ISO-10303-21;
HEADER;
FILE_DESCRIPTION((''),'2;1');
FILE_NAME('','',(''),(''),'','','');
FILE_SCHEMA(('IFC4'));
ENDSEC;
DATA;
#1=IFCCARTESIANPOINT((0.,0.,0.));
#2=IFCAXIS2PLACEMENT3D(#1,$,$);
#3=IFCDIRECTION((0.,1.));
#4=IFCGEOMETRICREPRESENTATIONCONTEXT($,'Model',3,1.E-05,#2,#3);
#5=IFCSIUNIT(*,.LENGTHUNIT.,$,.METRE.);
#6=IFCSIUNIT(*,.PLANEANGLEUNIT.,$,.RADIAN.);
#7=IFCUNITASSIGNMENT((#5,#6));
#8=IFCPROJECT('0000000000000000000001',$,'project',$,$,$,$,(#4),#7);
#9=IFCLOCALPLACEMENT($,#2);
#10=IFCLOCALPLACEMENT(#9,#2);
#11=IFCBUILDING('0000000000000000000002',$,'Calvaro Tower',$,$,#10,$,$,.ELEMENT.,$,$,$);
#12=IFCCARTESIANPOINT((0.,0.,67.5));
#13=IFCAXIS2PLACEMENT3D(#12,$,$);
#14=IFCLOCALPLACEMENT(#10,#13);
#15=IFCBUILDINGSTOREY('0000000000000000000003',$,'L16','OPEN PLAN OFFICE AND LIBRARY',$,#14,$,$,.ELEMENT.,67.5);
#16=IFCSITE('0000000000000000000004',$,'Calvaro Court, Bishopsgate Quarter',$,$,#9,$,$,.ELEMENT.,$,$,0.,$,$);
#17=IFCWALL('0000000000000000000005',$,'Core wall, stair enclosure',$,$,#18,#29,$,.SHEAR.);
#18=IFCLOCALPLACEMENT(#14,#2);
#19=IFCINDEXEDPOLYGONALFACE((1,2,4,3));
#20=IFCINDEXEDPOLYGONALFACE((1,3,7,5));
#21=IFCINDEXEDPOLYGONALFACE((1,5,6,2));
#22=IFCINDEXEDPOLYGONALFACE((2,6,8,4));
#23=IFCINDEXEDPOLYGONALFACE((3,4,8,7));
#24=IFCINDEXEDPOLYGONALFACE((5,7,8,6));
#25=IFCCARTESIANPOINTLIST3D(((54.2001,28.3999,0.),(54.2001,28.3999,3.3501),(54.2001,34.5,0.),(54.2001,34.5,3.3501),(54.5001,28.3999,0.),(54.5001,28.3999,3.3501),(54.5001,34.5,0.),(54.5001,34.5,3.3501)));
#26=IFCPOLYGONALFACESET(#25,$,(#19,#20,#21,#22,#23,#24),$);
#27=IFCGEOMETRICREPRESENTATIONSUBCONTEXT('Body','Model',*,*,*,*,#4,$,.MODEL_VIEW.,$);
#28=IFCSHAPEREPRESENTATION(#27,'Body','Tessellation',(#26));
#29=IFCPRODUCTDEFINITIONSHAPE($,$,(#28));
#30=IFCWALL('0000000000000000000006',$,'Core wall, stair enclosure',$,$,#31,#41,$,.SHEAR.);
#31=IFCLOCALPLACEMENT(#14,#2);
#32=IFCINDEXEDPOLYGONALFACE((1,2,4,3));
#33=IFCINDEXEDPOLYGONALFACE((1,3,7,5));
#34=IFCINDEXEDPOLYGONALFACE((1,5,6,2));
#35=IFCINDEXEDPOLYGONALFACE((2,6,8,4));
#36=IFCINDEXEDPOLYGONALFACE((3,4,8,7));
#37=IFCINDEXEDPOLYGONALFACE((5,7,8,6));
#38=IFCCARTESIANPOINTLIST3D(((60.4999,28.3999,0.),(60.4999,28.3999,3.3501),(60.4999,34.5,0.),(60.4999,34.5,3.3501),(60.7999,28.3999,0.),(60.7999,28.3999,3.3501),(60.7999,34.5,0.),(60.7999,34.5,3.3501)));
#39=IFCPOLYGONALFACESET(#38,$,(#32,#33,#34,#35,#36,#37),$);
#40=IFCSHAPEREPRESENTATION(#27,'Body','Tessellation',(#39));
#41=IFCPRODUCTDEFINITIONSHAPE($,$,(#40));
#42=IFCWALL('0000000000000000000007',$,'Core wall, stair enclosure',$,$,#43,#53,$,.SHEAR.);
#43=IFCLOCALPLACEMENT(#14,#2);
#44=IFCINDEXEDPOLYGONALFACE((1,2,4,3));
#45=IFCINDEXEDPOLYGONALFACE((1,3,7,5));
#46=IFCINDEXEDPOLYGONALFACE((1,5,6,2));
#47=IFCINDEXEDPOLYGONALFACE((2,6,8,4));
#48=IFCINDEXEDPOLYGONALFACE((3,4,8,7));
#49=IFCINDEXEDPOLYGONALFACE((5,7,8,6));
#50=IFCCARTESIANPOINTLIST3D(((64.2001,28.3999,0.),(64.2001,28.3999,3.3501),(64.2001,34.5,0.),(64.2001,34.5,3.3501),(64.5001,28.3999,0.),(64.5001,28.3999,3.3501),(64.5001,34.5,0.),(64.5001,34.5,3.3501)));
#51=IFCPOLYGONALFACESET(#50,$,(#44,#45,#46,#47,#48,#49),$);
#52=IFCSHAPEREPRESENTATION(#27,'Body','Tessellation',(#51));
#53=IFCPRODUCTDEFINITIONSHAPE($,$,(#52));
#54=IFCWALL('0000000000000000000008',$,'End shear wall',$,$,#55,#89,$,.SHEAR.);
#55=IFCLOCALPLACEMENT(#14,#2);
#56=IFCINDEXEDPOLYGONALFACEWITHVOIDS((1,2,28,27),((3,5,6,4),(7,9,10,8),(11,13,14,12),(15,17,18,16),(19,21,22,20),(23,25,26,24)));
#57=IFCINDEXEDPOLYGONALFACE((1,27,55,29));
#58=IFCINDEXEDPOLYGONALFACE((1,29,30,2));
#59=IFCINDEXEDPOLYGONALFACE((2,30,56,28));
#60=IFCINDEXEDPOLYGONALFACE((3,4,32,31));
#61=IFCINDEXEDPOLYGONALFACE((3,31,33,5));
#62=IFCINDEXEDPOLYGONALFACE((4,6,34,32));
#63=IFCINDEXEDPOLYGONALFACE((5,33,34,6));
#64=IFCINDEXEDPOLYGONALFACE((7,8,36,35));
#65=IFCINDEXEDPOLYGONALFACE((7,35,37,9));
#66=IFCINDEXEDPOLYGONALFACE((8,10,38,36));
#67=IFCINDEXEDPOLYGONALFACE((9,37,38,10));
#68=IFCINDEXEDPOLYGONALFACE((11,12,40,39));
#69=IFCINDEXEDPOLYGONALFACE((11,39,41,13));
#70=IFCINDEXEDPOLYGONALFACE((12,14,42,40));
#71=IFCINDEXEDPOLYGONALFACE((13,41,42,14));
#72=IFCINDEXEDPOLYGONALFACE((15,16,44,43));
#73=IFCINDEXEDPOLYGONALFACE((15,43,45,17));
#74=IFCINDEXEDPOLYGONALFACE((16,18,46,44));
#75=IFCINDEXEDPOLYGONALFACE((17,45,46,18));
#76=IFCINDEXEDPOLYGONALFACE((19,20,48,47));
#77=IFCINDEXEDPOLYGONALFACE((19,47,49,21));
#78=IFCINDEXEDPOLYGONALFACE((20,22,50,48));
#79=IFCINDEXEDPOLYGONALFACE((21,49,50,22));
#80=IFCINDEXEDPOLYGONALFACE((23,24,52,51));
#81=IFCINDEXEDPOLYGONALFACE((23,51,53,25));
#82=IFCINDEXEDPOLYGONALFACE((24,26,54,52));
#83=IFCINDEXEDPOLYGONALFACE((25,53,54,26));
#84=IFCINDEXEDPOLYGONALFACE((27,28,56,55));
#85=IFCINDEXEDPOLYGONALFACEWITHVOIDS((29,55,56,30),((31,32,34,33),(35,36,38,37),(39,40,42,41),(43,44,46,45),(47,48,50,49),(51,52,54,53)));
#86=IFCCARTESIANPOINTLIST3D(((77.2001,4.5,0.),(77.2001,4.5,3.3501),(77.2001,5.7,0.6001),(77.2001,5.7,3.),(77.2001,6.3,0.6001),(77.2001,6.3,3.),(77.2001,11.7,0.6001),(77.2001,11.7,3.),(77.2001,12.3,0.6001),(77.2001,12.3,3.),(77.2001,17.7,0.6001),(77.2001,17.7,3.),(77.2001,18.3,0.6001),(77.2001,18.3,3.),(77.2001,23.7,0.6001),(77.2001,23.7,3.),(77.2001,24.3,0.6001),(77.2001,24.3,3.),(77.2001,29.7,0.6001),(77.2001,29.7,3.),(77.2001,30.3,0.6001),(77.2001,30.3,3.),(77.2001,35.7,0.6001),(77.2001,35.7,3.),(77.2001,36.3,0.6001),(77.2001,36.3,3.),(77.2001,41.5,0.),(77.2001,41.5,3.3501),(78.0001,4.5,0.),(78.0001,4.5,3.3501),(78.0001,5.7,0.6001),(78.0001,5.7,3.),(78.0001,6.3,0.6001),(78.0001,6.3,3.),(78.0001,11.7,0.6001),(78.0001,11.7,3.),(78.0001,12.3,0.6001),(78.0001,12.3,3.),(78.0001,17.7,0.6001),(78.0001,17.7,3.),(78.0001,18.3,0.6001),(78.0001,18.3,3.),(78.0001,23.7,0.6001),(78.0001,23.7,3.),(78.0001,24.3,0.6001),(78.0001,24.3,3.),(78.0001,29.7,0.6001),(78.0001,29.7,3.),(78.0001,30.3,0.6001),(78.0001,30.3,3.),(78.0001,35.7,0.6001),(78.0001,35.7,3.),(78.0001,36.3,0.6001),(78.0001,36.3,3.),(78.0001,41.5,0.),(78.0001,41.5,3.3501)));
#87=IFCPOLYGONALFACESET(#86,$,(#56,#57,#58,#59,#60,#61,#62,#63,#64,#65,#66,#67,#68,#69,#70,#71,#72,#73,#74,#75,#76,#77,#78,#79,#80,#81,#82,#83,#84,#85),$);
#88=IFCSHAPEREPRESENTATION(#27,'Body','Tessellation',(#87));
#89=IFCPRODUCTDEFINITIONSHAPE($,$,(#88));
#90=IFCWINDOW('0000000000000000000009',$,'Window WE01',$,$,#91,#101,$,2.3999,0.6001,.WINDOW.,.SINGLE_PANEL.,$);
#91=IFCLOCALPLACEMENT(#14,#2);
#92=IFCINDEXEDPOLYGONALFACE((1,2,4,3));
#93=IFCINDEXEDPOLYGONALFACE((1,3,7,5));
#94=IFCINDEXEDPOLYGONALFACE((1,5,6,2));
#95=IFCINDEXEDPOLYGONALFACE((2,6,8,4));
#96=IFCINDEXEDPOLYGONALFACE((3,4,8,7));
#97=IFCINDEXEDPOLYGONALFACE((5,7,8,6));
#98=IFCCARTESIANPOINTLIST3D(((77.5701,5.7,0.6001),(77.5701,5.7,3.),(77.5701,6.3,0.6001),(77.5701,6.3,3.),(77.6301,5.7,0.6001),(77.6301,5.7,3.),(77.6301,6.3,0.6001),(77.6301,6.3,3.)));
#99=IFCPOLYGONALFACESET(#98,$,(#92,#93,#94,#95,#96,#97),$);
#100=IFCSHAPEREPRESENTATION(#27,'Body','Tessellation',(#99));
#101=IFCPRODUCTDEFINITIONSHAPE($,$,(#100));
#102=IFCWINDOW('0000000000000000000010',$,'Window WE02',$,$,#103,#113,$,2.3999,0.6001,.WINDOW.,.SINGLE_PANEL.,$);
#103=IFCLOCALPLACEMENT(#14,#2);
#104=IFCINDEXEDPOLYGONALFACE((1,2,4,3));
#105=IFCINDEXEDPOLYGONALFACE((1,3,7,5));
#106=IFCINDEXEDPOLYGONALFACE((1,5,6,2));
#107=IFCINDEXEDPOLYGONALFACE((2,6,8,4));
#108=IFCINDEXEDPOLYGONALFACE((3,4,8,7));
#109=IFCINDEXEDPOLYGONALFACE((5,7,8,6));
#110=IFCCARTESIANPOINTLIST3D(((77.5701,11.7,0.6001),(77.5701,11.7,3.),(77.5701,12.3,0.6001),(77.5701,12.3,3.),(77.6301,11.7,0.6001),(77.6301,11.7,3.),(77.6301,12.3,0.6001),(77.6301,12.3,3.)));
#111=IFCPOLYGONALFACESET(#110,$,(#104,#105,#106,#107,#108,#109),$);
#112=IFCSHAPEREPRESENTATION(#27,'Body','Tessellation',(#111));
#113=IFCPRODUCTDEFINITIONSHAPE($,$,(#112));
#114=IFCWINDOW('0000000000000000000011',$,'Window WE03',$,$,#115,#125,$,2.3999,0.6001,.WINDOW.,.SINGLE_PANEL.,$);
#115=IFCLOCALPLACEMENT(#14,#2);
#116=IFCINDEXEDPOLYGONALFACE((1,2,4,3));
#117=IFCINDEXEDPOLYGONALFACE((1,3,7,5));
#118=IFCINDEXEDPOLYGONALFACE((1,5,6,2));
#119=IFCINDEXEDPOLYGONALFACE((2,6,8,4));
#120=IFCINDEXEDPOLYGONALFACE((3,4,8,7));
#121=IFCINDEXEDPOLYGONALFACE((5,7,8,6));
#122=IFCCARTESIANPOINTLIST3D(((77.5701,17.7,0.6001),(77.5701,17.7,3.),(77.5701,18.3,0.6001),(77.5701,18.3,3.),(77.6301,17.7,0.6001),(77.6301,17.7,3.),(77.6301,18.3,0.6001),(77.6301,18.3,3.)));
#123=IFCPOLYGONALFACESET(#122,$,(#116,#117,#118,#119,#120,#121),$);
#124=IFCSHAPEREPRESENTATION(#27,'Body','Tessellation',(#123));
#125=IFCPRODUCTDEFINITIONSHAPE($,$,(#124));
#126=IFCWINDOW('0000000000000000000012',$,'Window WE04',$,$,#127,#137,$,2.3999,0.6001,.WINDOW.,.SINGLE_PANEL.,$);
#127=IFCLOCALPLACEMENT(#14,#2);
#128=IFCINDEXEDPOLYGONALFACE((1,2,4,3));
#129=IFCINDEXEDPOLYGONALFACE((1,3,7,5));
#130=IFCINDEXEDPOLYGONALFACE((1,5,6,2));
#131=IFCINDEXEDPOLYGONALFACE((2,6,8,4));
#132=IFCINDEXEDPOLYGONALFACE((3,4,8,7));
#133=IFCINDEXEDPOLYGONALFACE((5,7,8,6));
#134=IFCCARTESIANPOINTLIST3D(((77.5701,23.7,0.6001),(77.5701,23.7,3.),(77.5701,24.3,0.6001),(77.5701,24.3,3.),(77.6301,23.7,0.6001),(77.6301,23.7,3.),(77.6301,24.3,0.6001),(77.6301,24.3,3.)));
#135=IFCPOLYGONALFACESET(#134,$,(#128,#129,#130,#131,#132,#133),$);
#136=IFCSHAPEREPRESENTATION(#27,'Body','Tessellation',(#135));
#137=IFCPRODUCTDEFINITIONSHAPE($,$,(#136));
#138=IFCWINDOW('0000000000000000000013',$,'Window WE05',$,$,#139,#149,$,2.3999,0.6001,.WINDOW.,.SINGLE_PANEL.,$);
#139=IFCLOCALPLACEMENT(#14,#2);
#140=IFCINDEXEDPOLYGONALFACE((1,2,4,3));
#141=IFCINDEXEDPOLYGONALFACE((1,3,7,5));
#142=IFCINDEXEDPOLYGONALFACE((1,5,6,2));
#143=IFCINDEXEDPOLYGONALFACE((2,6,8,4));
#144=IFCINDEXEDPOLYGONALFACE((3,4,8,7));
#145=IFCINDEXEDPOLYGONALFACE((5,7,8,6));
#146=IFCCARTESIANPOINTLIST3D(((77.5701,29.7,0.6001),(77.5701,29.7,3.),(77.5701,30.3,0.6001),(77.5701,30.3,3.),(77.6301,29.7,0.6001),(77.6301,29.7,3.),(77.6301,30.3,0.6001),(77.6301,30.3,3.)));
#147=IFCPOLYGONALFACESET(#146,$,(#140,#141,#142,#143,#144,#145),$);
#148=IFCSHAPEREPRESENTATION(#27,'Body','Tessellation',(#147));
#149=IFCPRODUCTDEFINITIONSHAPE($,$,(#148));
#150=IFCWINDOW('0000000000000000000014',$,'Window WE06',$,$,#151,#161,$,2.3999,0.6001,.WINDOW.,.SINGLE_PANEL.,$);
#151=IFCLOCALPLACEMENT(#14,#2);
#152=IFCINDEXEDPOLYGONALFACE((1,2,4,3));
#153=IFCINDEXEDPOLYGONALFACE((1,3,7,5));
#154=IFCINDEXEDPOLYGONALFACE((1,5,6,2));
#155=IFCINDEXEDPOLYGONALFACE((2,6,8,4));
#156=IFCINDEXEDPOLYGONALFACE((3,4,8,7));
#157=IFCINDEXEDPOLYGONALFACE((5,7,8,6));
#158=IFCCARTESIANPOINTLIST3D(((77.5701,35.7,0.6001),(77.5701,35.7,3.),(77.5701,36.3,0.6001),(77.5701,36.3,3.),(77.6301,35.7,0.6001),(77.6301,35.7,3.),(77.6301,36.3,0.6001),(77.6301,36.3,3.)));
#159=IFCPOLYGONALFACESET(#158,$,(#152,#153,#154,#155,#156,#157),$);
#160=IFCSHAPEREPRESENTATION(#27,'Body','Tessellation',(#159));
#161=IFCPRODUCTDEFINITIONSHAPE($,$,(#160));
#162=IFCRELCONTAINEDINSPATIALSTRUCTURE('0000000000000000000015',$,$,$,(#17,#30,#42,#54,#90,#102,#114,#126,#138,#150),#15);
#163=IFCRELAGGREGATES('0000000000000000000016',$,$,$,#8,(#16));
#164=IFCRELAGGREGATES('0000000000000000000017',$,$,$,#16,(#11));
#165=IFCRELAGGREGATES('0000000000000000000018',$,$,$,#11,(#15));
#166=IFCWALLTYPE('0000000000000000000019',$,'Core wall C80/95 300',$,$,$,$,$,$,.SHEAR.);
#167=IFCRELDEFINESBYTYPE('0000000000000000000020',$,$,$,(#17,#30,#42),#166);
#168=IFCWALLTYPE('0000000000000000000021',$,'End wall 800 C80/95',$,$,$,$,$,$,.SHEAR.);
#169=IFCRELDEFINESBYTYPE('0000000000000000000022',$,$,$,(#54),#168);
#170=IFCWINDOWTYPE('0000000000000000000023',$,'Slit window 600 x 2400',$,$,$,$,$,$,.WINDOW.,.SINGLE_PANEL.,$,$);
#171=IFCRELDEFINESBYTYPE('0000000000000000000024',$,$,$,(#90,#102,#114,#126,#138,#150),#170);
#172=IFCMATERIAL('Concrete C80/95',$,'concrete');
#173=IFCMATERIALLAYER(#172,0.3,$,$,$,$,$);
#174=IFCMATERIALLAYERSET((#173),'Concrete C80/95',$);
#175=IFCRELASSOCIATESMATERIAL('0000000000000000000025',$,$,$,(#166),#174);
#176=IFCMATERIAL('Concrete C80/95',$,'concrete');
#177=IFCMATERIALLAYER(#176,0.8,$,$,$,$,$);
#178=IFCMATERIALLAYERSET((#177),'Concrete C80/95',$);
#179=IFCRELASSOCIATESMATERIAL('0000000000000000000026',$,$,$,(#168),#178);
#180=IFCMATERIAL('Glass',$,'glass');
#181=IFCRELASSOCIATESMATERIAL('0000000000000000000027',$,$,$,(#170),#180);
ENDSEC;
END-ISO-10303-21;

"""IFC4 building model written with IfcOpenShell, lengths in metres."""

from ifc_helpers import new_model, si_unit, direction, frame, frame_2d, origin, place, context, subcontext, project, spatial, rectangle, extrude, material, layer, layer_set, type_object, element, fill, save


model = new_model("IFC4")

# Units and contexts
model_context = context("Model", 3, precision=1e-05, world=origin(), true_north=direction((0.0, 1.0)))
body_context = subcontext(model_context, "Body", "Model", "MODEL_VIEW")
ifc_project = project(units=[si_unit("LENGTHUNIT", "METRE"), si_unit("PLANEANGLEUNIT", "RADIAN")], contexts=[model_context])

# Site, building, storey
site_placement = place(None, origin())
site = spatial("IfcSite", under=ifc_project, at=site_placement, Name="Calvaro Court, Bishopsgate Quarter", CompositionType="ELEMENT", RefElevation=0.0)
building_placement = place(site_placement, origin())
building = spatial("IfcBuilding", under=site, at=building_placement, Name="Calvaro Tower", CompositionType="ELEMENT")
storey_placement = place(building_placement, frame((0.0, 0.0, 67.5)))
storey = spatial("IfcBuildingStorey", under=building, at=storey_placement, Name="L16", Description="OPEN PLAN OFFICE AND LIBRARY", CompositionType="ELEMENT", Elevation=67.5)

# Walls
ifc_material_1 = material(Name="Concrete C80/95", Category="concrete")
ifc_layer_1 = layer(ifc_material_1, 0.3)
ifc_layer_set_1 = layer_set([ifc_layer_1], Name="Concrete C80/95")
wall_type_1 = type_object("IfcWallType", Name="Core wall C80/95 300", PredefinedType="SHEAR", material=ifc_layer_set_1)
for number, where, z_axis, x_axis, name in (
    (1, (54.3501, 28.3999, 0.0), (0.0, 0.0, 1.0), (0.0, 1.0, 0.0), "Core wall, stair enclosure"),
    (2, (60.6499, 28.3999, 0.0), (0.0, 0.0, 1.0), (0.0, 1.0, 0.0), "Core wall, stair enclosure"),
    (3, (64.3501, 28.3999, 0.0), (0.0, 0.0, 1.0), (0.0, 1.0, 0.0), "Core wall, stair enclosure"),
):
    element("IfcWall", number, at=place(storey_placement, frame(where, z_axis=z_axis, x_axis=x_axis)), inside=storey, type_object=wall_type_1, Name=name, PredefinedType="SHEAR", context=body_context, shape_type="SweptSolid", body=[
        extrude(rectangle(XDim=6.1001, YDim=0.3, at=frame_2d((3.05, 0.0))), origin(), (0.0, 0.0, 1.0), 3.3501),
    ])

# Wall, openings, windows
ifc_material_2 = material(Name="Concrete C80/95", Category="concrete")
ifc_layer_2 = layer(ifc_material_2, 0.8)
ifc_layer_set_2 = layer_set([ifc_layer_2], Name="Concrete C80/95")
wall_type_2 = type_object("IfcWallType", Name="End wall 800 C80/95", PredefinedType="SHEAR", material=ifc_layer_set_2)
wall_1_placement = place(storey_placement, frame((77.6001, 4.5, 0.0), z_axis=(0.0, 0.0, 1.0), x_axis=(0.0, 1.0, 0.0)))
wall_1 = element("IfcWall", 4, at=wall_1_placement, inside=storey, type_object=wall_type_2, Name="End shear wall", PredefinedType="SHEAR", context=body_context, shape_type="SweptSolid", body=[
    extrude(rectangle(XDim=37.0, YDim=0.8, at=frame_2d((18.5, 0.0))), origin(), (0.0, 0.0, 1.0), 3.3501),
])
opening_1_placement = place(wall_1_placement, frame((1.2, 0.0, 0.6001)))
opening_1 = element("IfcOpeningElement", 5, at=opening_1_placement, cuts=wall_1, PredefinedType="OPENING", context=body_context, shape_type="SweptSolid", body=[
    extrude(rectangle(XDim=0.6001, YDim=2.3999, at=frame_2d((0.3, 1.2))), frame((0.0, 0.4099, 0.0), z_axis=(0.0, -1.0, 0.0), x_axis=(1.0, 0.0, 0.0)), (0.0, 0.0, 1.0), 0.8201),
])
opening_2_placement = place(wall_1_placement, frame((7.2, 0.0, 0.6001)))
opening_2 = element("IfcOpeningElement", 6, at=opening_2_placement, cuts=wall_1, PredefinedType="OPENING", context=body_context, shape_type="SweptSolid", body=[
    extrude(rectangle(XDim=0.6001, YDim=2.3999, at=frame_2d((0.3, 1.2))), frame((0.0, 0.4099, 0.0), z_axis=(0.0, -1.0, 0.0), x_axis=(1.0, 0.0, 0.0)), (0.0, 0.0, 1.0), 0.8201),
])
opening_3_placement = place(wall_1_placement, frame((13.2, 0.0, 0.6001)))
opening_3 = element("IfcOpeningElement", 7, at=opening_3_placement, cuts=wall_1, PredefinedType="OPENING", context=body_context, shape_type="SweptSolid", body=[
    extrude(rectangle(XDim=0.6001, YDim=2.3999, at=frame_2d((0.3, 1.2))), frame((0.0, 0.4099, 0.0), z_axis=(0.0, -1.0, 0.0), x_axis=(1.0, 0.0, 0.0)), (0.0, 0.0, 1.0), 0.8201),
])
opening_4_placement = place(wall_1_placement, frame((19.2, 0.0, 0.6001)))
opening_4 = element("IfcOpeningElement", 8, at=opening_4_placement, cuts=wall_1, PredefinedType="OPENING", context=body_context, shape_type="SweptSolid", body=[
    extrude(rectangle(XDim=0.6001, YDim=2.3999, at=frame_2d((0.3, 1.2))), frame((0.0, 0.4099, 0.0), z_axis=(0.0, -1.0, 0.0), x_axis=(1.0, 0.0, 0.0)), (0.0, 0.0, 1.0), 0.8201),
])
opening_5_placement = place(wall_1_placement, frame((25.2, 0.0, 0.6001)))
opening_5 = element("IfcOpeningElement", 9, at=opening_5_placement, cuts=wall_1, PredefinedType="OPENING", context=body_context, shape_type="SweptSolid", body=[
    extrude(rectangle(XDim=0.6001, YDim=2.3999, at=frame_2d((0.3, 1.2))), frame((0.0, 0.4099, 0.0), z_axis=(0.0, -1.0, 0.0), x_axis=(1.0, 0.0, 0.0)), (0.0, 0.0, 1.0), 0.8201),
])
opening_6_placement = place(wall_1_placement, frame((31.2, 0.0, 0.6001)))
opening_6 = element("IfcOpeningElement", 10, at=opening_6_placement, cuts=wall_1, PredefinedType="OPENING", context=body_context, shape_type="SweptSolid", body=[
    extrude(rectangle(XDim=0.6001, YDim=2.3999, at=frame_2d((0.3, 1.2))), frame((0.0, 0.4099, 0.0), z_axis=(0.0, -1.0, 0.0), x_axis=(1.0, 0.0, 0.0)), (0.0, 0.0, 1.0), 0.8201),
])
ifc_material_3 = material(Name="Glass", Category="glass")
window_type = type_object("IfcWindowType", Name="Slit window 600 x 2400", PartitioningType="SINGLE_PANEL", PredefinedType="WINDOW", material=ifc_material_3)
window_1_placement = place(opening_1_placement, origin())
window_1 = element("IfcWindow", 11, at=window_1_placement, inside=storey, type_object=window_type, Name="Window WE01", OverallHeight=2.3999, OverallWidth=0.6001, PartitioningType="SINGLE_PANEL", PredefinedType="WINDOW", context=body_context, shape_type="SweptSolid", body=[
    extrude(rectangle(XDim=0.6001, YDim=2.3999, at=frame_2d((0.3, 1.2))), frame((0.0, 0.03, 0.0), z_axis=(0.0, -1.0, 0.0), x_axis=(1.0, 0.0, 0.0)), (0.0, 0.0, 1.0), 0.0601),
])
fill(opening_1, window_1)
window_2_placement = place(opening_2_placement, origin())
window_2 = element("IfcWindow", 12, at=window_2_placement, inside=storey, type_object=window_type, Name="Window WE02", OverallHeight=2.3999, OverallWidth=0.6001, PartitioningType="SINGLE_PANEL", PredefinedType="WINDOW", context=body_context, shape_type="SweptSolid", body=[
    extrude(rectangle(XDim=0.6001, YDim=2.3999, at=frame_2d((0.3, 1.2))), frame((0.0, 0.03, 0.0), z_axis=(0.0, -1.0, 0.0), x_axis=(1.0, 0.0, 0.0)), (0.0, 0.0, 1.0), 0.0601),
])
fill(opening_2, window_2)
window_3_placement = place(opening_3_placement, origin())
window_3 = element("IfcWindow", 13, at=window_3_placement, inside=storey, type_object=window_type, Name="Window WE03", OverallHeight=2.3999, OverallWidth=0.6001, PartitioningType="SINGLE_PANEL", PredefinedType="WINDOW", context=body_context, shape_type="SweptSolid", body=[
    extrude(rectangle(XDim=0.6001, YDim=2.3999, at=frame_2d((0.3, 1.2))), frame((0.0, 0.03, 0.0), z_axis=(0.0, -1.0, 0.0), x_axis=(1.0, 0.0, 0.0)), (0.0, 0.0, 1.0), 0.0601),
])
fill(opening_3, window_3)
window_4_placement = place(opening_4_placement, origin())
window_4 = element("IfcWindow", 14, at=window_4_placement, inside=storey, type_object=window_type, Name="Window WE04", OverallHeight=2.3999, OverallWidth=0.6001, PartitioningType="SINGLE_PANEL", PredefinedType="WINDOW", context=body_context, shape_type="SweptSolid", body=[
    extrude(rectangle(XDim=0.6001, YDim=2.3999, at=frame_2d((0.3, 1.2))), frame((0.0, 0.03, 0.0), z_axis=(0.0, -1.0, 0.0), x_axis=(1.0, 0.0, 0.0)), (0.0, 0.0, 1.0), 0.0601),
])
fill(opening_4, window_4)
window_5_placement = place(opening_5_placement, origin())
window_5 = element("IfcWindow", 15, at=window_5_placement, inside=storey, type_object=window_type, Name="Window WE05", OverallHeight=2.3999, OverallWidth=0.6001, PartitioningType="SINGLE_PANEL", PredefinedType="WINDOW", context=body_context, shape_type="SweptSolid", body=[
    extrude(rectangle(XDim=0.6001, YDim=2.3999, at=frame_2d((0.3, 1.2))), frame((0.0, 0.03, 0.0), z_axis=(0.0, -1.0, 0.0), x_axis=(1.0, 0.0, 0.0)), (0.0, 0.0, 1.0), 0.0601),
])
fill(opening_5, window_5)
window_6_placement = place(opening_6_placement, origin())
window_6 = element("IfcWindow", 16, at=window_6_placement, inside=storey, type_object=window_type, Name="Window WE06", OverallHeight=2.3999, OverallWidth=0.6001, PartitioningType="SINGLE_PANEL", PredefinedType="WINDOW", context=body_context, shape_type="SweptSolid", body=[
    extrude(rectangle(XDim=0.6001, YDim=2.3999, at=frame_2d((0.3, 1.2))), frame((0.0, 0.03, 0.0), z_axis=(0.0, -1.0, 0.0), x_axis=(1.0, 0.0, 0.0)), (0.0, 0.0, 1.0), 0.0601),
])
fill(opening_6, window_6)

save(model, "model.ifc")
